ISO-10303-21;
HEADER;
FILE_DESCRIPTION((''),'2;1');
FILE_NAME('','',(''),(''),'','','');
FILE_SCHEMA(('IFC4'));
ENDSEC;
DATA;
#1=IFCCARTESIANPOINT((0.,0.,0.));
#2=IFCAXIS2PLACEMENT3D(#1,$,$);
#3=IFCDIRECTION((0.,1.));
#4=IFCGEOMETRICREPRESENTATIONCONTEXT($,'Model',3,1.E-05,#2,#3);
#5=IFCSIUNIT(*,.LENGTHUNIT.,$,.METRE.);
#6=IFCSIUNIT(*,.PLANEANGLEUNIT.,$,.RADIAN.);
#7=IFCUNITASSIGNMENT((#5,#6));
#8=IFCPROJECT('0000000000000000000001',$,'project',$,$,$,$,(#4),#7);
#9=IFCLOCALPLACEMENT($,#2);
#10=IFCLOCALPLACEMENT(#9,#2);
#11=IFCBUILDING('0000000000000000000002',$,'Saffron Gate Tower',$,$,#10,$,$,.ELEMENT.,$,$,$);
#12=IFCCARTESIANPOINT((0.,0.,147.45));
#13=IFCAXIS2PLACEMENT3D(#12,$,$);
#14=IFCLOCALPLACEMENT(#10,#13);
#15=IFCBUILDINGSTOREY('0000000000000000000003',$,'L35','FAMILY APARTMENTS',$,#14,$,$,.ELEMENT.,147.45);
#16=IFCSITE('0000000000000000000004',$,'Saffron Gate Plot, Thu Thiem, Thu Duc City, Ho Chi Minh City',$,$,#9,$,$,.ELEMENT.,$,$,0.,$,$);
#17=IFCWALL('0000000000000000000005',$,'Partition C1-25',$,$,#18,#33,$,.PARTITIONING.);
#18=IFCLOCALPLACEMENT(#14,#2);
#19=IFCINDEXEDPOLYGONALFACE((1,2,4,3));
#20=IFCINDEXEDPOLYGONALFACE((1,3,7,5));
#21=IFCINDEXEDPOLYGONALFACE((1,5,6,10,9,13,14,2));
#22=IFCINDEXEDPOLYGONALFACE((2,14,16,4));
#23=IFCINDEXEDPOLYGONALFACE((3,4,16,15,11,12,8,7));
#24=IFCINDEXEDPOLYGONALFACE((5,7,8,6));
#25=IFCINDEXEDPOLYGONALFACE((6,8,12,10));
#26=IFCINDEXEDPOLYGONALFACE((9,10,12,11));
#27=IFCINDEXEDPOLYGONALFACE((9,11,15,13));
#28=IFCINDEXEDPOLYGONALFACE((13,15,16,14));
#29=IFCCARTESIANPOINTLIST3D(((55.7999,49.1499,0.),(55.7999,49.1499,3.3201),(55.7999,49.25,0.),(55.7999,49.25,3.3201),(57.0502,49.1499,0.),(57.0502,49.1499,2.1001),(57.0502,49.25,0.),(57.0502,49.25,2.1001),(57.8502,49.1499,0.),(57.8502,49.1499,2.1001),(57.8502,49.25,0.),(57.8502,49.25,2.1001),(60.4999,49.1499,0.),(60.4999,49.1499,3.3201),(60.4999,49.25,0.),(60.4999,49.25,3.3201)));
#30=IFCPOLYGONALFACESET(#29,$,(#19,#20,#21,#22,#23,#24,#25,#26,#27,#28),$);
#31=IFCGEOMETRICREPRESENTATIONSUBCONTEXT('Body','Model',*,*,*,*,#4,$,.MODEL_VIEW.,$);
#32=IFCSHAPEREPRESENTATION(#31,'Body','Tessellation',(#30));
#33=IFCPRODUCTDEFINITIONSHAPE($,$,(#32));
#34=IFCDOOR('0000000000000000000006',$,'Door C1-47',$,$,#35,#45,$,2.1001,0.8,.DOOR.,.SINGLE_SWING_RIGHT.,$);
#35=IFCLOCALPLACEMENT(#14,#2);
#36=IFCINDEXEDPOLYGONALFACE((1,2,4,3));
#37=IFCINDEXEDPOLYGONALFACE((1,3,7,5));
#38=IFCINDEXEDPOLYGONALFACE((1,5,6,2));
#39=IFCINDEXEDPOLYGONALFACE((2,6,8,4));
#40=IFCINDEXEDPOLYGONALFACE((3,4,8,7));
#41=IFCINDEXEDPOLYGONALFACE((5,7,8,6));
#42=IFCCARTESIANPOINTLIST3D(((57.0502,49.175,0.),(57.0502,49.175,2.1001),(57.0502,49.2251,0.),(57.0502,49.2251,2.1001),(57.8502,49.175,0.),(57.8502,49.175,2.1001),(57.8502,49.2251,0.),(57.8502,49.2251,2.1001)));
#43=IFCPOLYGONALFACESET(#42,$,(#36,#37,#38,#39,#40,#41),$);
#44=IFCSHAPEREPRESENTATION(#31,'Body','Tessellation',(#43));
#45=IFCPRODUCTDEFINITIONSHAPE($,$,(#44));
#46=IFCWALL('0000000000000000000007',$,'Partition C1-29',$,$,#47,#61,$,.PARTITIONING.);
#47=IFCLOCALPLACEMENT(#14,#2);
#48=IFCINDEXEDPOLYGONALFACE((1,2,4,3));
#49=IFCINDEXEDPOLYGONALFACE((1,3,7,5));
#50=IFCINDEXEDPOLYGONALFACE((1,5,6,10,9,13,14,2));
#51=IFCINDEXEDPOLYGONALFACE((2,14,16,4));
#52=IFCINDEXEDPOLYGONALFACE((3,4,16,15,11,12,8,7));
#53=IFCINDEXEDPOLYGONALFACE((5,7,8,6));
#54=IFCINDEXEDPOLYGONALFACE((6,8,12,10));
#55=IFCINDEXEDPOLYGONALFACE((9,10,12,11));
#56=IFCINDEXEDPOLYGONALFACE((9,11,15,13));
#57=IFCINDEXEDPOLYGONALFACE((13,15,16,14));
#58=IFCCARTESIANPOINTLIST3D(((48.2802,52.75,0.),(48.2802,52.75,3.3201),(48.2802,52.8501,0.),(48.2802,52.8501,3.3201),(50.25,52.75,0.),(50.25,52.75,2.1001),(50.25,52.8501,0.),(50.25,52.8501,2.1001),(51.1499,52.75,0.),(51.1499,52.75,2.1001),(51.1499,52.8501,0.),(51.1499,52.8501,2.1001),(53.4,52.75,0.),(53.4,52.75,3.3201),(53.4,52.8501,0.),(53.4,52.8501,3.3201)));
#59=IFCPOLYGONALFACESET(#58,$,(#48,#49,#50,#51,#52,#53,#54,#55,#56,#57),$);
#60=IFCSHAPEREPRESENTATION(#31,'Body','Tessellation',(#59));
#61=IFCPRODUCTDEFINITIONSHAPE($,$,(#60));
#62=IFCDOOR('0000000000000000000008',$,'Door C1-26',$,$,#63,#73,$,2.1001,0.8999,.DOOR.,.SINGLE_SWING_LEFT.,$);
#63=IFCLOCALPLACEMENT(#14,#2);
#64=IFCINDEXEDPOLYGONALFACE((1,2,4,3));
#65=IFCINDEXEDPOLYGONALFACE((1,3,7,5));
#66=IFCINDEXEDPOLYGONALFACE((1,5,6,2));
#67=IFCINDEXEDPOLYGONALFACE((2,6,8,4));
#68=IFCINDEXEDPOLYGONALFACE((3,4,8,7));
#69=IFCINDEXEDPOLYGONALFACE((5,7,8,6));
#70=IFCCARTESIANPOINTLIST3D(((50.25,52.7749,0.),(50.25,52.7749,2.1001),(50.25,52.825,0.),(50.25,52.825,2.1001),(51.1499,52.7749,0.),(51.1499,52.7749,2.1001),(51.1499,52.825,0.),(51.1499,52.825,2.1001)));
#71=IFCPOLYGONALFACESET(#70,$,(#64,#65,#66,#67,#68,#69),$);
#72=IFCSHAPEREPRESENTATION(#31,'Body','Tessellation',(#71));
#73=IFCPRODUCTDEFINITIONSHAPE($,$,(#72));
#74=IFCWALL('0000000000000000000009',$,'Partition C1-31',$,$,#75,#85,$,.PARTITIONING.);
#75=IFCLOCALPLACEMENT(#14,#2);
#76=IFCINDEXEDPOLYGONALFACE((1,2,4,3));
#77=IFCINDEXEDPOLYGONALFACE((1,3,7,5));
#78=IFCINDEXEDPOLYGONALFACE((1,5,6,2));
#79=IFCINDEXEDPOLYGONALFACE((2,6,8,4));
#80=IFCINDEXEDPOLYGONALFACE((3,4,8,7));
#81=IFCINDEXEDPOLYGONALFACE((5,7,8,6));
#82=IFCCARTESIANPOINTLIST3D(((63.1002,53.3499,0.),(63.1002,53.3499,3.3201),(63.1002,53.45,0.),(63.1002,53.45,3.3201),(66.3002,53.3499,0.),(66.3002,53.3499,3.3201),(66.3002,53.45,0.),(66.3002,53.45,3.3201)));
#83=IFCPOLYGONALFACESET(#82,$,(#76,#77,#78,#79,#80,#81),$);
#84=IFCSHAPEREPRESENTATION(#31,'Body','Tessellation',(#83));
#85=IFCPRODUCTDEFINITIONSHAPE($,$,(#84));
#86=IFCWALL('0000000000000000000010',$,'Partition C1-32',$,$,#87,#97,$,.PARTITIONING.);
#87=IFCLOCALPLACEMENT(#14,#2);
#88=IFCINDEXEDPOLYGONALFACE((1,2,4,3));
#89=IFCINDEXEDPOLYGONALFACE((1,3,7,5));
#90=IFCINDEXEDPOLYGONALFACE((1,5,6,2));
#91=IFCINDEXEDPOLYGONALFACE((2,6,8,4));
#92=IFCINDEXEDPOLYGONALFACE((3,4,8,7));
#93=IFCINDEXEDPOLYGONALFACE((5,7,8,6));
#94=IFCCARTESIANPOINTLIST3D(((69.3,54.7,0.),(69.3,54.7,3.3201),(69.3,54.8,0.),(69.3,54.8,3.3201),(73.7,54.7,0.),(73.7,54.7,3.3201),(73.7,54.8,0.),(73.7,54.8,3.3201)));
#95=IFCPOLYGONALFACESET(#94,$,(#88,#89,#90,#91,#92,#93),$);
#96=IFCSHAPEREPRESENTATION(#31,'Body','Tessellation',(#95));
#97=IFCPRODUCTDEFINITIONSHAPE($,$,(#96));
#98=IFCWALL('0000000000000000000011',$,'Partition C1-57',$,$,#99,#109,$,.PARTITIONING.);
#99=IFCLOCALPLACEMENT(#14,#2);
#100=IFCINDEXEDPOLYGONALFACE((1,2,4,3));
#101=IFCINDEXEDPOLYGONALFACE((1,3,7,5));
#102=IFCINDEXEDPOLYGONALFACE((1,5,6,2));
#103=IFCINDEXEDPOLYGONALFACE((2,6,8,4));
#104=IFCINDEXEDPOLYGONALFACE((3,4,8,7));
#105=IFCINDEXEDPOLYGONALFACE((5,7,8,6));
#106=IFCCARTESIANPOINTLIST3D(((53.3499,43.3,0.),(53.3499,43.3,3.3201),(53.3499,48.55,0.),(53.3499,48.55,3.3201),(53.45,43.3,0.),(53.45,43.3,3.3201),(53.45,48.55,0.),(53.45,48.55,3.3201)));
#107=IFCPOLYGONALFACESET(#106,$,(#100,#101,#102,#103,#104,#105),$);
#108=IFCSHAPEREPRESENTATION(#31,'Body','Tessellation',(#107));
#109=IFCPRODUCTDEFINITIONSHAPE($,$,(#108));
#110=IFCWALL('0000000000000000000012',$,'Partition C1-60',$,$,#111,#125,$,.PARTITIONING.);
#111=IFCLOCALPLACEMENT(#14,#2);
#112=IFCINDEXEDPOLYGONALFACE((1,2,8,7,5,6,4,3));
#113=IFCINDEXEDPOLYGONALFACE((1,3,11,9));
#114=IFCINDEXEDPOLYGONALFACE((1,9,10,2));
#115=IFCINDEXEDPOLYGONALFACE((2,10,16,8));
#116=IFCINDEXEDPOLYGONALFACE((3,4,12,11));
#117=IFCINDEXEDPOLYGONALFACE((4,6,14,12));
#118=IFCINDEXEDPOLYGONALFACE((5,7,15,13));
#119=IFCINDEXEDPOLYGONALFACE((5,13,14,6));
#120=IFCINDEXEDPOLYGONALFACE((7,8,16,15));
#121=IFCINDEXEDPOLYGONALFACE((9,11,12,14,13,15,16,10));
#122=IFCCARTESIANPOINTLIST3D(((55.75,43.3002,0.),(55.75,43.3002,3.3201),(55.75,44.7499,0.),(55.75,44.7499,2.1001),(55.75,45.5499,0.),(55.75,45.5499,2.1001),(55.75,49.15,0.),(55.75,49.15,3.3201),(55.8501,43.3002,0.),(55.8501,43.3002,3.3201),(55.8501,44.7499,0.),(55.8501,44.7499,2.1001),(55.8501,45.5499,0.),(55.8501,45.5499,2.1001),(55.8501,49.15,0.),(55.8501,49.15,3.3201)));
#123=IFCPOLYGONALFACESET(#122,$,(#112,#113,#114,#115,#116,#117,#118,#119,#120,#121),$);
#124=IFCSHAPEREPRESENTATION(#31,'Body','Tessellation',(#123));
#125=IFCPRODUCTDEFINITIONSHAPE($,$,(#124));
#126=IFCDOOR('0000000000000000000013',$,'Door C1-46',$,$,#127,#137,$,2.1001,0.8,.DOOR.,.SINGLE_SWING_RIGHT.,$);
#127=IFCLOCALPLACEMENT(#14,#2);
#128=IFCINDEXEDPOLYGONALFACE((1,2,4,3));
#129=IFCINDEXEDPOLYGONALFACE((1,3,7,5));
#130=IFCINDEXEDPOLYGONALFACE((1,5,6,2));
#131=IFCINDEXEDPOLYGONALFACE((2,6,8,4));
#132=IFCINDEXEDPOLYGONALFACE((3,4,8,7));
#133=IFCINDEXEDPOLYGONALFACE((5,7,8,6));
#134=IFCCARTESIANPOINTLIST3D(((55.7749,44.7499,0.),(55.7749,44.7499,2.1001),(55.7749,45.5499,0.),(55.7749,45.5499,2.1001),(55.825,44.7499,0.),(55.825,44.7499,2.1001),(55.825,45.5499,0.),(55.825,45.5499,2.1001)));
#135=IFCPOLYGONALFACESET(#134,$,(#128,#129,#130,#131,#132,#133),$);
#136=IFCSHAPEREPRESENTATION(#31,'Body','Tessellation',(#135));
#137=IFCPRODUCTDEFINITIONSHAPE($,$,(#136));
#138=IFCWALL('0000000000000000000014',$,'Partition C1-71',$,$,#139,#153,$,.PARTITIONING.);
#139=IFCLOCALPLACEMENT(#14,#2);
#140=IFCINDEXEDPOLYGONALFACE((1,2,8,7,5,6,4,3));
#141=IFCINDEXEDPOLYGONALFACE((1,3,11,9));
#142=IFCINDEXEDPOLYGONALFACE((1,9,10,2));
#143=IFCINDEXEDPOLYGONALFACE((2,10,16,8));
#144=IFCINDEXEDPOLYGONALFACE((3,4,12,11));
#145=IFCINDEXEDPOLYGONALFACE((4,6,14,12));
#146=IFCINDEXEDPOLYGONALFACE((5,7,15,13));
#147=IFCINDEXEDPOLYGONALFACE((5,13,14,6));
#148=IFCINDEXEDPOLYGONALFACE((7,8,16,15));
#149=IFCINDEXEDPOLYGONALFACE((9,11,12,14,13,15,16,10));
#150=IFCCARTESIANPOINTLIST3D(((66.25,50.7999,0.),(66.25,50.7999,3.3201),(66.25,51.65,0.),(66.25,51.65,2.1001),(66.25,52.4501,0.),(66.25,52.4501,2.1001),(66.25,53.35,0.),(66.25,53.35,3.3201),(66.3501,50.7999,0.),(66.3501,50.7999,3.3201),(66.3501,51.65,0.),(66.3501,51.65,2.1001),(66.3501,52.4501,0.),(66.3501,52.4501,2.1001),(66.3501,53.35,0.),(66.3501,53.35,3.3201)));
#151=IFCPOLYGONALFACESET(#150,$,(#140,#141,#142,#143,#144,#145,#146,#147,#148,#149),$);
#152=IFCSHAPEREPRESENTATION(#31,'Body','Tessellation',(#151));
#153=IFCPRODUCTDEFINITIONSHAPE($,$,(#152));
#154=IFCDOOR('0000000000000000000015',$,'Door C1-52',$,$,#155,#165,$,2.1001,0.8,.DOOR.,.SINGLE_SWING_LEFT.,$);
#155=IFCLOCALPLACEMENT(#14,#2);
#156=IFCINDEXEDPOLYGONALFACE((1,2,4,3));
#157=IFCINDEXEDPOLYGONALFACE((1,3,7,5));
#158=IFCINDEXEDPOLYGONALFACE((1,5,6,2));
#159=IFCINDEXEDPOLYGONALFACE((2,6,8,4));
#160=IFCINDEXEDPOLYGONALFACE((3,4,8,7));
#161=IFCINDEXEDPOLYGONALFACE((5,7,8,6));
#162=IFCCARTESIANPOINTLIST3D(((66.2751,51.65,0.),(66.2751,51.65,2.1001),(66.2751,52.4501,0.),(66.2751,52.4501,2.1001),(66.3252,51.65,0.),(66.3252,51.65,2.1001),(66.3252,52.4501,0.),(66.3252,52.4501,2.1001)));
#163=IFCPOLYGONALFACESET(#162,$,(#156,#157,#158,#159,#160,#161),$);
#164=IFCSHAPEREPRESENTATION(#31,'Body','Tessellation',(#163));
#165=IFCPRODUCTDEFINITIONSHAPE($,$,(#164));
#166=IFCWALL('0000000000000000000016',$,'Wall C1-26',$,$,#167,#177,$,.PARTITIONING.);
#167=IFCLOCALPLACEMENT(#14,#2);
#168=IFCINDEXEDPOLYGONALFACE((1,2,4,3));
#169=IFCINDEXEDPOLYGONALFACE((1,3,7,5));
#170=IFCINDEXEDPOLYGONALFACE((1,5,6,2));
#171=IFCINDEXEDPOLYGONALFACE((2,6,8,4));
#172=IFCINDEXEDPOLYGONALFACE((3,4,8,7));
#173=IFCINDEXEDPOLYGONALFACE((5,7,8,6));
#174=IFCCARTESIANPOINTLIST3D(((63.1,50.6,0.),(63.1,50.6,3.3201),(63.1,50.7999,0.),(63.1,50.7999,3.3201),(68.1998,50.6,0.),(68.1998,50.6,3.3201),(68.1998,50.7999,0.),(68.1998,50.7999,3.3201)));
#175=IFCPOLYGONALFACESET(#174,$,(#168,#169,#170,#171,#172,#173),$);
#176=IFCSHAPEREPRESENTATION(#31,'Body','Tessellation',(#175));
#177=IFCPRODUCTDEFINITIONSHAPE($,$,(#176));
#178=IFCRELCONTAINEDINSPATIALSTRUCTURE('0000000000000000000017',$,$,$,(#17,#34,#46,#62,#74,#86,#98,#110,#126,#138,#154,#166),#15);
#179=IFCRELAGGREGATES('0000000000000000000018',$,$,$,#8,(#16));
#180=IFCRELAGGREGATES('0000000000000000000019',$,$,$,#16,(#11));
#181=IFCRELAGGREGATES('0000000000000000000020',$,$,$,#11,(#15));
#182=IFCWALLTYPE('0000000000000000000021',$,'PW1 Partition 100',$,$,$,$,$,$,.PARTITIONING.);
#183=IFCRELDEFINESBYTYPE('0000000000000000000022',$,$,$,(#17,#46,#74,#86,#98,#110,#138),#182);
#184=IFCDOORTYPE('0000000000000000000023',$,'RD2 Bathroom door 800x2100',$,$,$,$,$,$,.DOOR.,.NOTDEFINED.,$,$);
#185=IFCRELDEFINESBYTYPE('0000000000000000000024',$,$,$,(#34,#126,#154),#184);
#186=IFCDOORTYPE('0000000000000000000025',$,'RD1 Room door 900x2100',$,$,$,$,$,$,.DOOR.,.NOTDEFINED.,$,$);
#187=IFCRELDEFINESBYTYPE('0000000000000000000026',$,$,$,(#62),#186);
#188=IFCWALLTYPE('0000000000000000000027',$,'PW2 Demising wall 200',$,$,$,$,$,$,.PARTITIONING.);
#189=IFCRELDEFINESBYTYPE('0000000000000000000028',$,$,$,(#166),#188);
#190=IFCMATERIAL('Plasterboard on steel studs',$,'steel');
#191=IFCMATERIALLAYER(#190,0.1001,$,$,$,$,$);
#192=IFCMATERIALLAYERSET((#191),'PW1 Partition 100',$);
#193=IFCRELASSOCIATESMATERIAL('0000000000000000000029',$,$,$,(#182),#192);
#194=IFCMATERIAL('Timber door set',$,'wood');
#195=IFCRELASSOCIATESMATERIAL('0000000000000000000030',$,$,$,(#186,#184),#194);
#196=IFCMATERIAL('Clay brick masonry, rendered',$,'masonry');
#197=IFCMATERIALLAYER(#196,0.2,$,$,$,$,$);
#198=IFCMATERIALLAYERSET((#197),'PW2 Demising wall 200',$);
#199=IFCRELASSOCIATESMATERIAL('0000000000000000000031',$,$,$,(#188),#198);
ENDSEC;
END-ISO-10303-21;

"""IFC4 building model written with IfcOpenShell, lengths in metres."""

from ifc_helpers import new_model, si_unit, direction, frame, frame_2d, origin, place, context, subcontext, project, spatial, rectangle, extrude, material, layer, layer_set, type_object, element, fill, save


model = new_model("IFC4")

# Units and contexts
model_context = context("Model", 3, precision=1e-05, world=origin(), true_north=direction((0.0, 1.0)))
body_context = subcontext(model_context, "Body", "Model", "MODEL_VIEW")
ifc_project = project(units=[si_unit("LENGTHUNIT", "METRE"), si_unit("PLANEANGLEUNIT", "RADIAN")], contexts=[model_context])

# Site, building, storey
site_placement = place(None, origin())
site = spatial("IfcSite", under=ifc_project, at=site_placement, Name="Saffron Gate Plot, Thu Thiem, Thu Duc City, Ho Chi Minh City", CompositionType="ELEMENT", RefElevation=0.0)
building_placement = place(site_placement, origin())
building = spatial("IfcBuilding", under=site, at=building_placement, Name="Saffron Gate Tower", CompositionType="ELEMENT")
storey_placement = place(building_placement, frame((0.0, 0.0, 147.45)))
storey = spatial("IfcBuildingStorey", under=building, at=storey_placement, Name="L35", Description="FAMILY APARTMENTS", CompositionType="ELEMENT", Elevation=147.45)

# Shared definitions
ifc_material_1 = material(Name="Plasterboard on steel studs", Category="steel")
ifc_layer_1 = layer(ifc_material_1, 0.1001)
ifc_layer_set_1 = layer_set([ifc_layer_1], Name="PW1 Partition 100")
wall_type_1 = type_object("IfcWallType", Name="PW1 Partition 100", PredefinedType="PARTITIONING", material=ifc_layer_set_1)

# Walls, openings, doors
ifc_material_2 = material(Name="Timber door set", Category="wood")
door_type_1 = type_object("IfcDoorType", Name="RD1 Room door 900x2100", OperationType="NOTDEFINED", PredefinedType="DOOR", material=ifc_material_2)
wall_1_placement = place(storey_placement, frame((60.5, 49.2, 0.0), z_axis=(0.0, 0.0, 1.0), x_axis=(-1.0, 0.0, 0.0)))
wall_1 = element("IfcWall", 1, at=wall_1_placement, inside=storey, type_object=wall_type_1, Name="Partition C1-25", PredefinedType="PARTITIONING", context=body_context, shape_type="SweptSolid", body=[
    extrude(rectangle(XDim=4.7, YDim=0.1001, at=frame_2d((2.3501, 0.0))), origin(), (0.0, 0.0, 1.0), 3.3201),
])
opening_1_placement = place(wall_1_placement, frame((2.6499, 0.0, 0.0)))
opening_1 = element("IfcOpeningElement", 2, at=opening_1_placement, cuts=wall_1, PredefinedType="OPENING", context=body_context, shape_type="SweptSolid", body=[
    extrude(rectangle(XDim=0.8, YDim=2.1001, at=frame_2d((0.3999, 1.05))), frame((0.0, 0.0601, 0.0), z_axis=(0.0, -1.0, 0.0), x_axis=(1.0, 0.0, 0.0)), (0.0, 0.0, 1.0), 0.1201),
])
door_type_2 = type_object("IfcDoorType", Name="RD2 Bathroom door 800x2100", OperationType="NOTDEFINED", PredefinedType="DOOR", material=ifc_material_2)
door_1_placement = place(opening_1_placement, origin())
door_1 = element("IfcDoor", 3, at=door_1_placement, inside=storey, type_object=door_type_2, Name="Door C1-47", OperationType="SINGLE_SWING_RIGHT", OverallHeight=2.1001, OverallWidth=0.8, PredefinedType="DOOR", context=body_context, shape_type="SweptSolid", body=[
    extrude(rectangle(XDim=0.8, YDim=2.1001, at=frame_2d((0.3999, 1.05))), frame((0.0, 0.0249, 0.0), z_axis=(0.0, -1.0, 0.0), x_axis=(1.0, 0.0, 0.0)), (0.0, 0.0, 1.0), 0.05),
])
fill(opening_1, door_1)
wall_2_placement = place(storey_placement, frame((48.28, 52.8, 0.0), z_axis=(0.0, 0.0, 1.0), x_axis=(1.0, 0.0, 0.0)))
wall_2 = element("IfcWall", 4, at=wall_2_placement, inside=storey, type_object=wall_type_1, Name="Partition C1-29", PredefinedType="PARTITIONING", context=body_context, shape_type="SweptSolid", body=[
    extrude(rectangle(XDim=5.1199, YDim=0.1001, at=frame_2d((2.5601, 0.0))), origin(), (0.0, 0.0, 1.0), 3.3201),
])
opening_2_placement = place(wall_2_placement, frame((1.97, 0.0, 0.0)))
opening_2 = element("IfcOpeningElement", 5, at=opening_2_placement, cuts=wall_2, PredefinedType="OPENING", context=body_context, shape_type="SweptSolid", body=[
    extrude(rectangle(XDim=0.8999, YDim=2.1001, at=frame_2d((0.45, 1.05))), frame((0.0, 0.0601, 0.0), z_axis=(0.0, -1.0, 0.0), x_axis=(1.0, 0.0, 0.0)), (0.0, 0.0, 1.0), 0.1201),
])
door_2_placement = place(opening_2_placement, origin())
door_2 = element("IfcDoor", 6, at=door_2_placement, inside=storey, type_object=door_type_1, Name="Door C1-26", OperationType="SINGLE_SWING_LEFT", OverallHeight=2.1001, OverallWidth=0.8999, PredefinedType="DOOR", context=body_context, shape_type="SweptSolid", body=[
    extrude(rectangle(XDim=0.8999, YDim=2.1001, at=frame_2d((0.45, 1.05))), frame((0.0, 0.0249, 0.0), z_axis=(0.0, -1.0, 0.0), x_axis=(1.0, 0.0, 0.0)), (0.0, 0.0, 1.0), 0.05),
])
fill(opening_2, door_2)

# Walls
wall_3_placement = place(storey_placement, frame((63.1001, 53.3999, 0.0), z_axis=(0.0, 0.0, 1.0), x_axis=(1.0, 0.0, 0.0)))
element("IfcWall", 7, at=wall_3_placement, inside=storey, type_object=wall_type_1, Name="Partition C1-31", PredefinedType="PARTITIONING", context=body_context, shape_type="SweptSolid", body=[
    extrude(rectangle(XDim=3.2, YDim=0.1001, at=frame_2d((1.6001, 0.0))), origin(), (0.0, 0.0, 1.0), 3.3201),
])
wall_4_placement = place(storey_placement, frame((69.3, 54.75, 0.0), z_axis=(0.0, 0.0, 1.0), x_axis=(1.0, 0.0, 0.0)))
element("IfcWall", 8, at=wall_4_placement, inside=storey, type_object=wall_type_1, Name="Partition C1-32", PredefinedType="PARTITIONING", context=body_context, shape_type="SweptSolid", body=[
    extrude(rectangle(XDim=4.3999, YDim=0.1001, at=frame_2d((2.2, 0.0))), origin(), (0.0, 0.0, 1.0), 3.3201),
])
wall_5_placement = place(storey_placement, frame((53.3999, 48.55, 0.0), z_axis=(0.0, 0.0, 1.0), x_axis=(0.0, -1.0, 0.0)))
element("IfcWall", 9, at=wall_5_placement, inside=storey, type_object=wall_type_1, Name="Partition C1-57", PredefinedType="PARTITIONING", context=body_context, shape_type="SweptSolid", body=[
    extrude(rectangle(XDim=5.25, YDim=0.1001, at=frame_2d((2.625, 0.0))), origin(), (0.0, 0.0, 1.0), 3.3201),
])

# Walls, openings, doors
wall_6_placement = place(storey_placement, frame((55.8, 49.1499, 0.0), z_axis=(0.0, 0.0, 1.0), x_axis=(0.0, -1.0, 0.0)))
wall_6 = element("IfcWall", 10, at=wall_6_placement, inside=storey, type_object=wall_type_1, Name="Partition C1-60", PredefinedType="PARTITIONING", context=body_context, shape_type="SweptSolid", body=[
    extrude(rectangle(XDim=5.8499, YDim=0.1001, at=frame_2d((2.9248, 0.0))), origin(), (0.0, 0.0, 1.0), 3.3201),
])
opening_3_placement = place(wall_6_placement, frame((3.6001, 0.0, 0.0)))
opening_3 = element("IfcOpeningElement", 11, at=opening_3_placement, cuts=wall_6, PredefinedType="OPENING", context=body_context, shape_type="SweptSolid", body=[
    extrude(rectangle(XDim=0.8, YDim=2.1001, at=frame_2d((0.3999, 1.05))), frame((0.0, 0.0601, 0.0), z_axis=(0.0, -1.0, 0.0), x_axis=(1.0, 0.0, 0.0)), (0.0, 0.0, 1.0), 0.1201),
])
door_3_placement = place(opening_3_placement, origin())
door_3 = element("IfcDoor", 12, at=door_3_placement, inside=storey, type_object=door_type_2, Name="Door C1-46", OperationType="SINGLE_SWING_RIGHT", OverallHeight=2.1001, OverallWidth=0.8, PredefinedType="DOOR", context=body_context, shape_type="SweptSolid", body=[
    extrude(rectangle(XDim=0.8, YDim=2.1001, at=frame_2d((0.3999, 1.05))), frame((0.0, 0.0249, 0.0), z_axis=(0.0, -1.0, 0.0), x_axis=(1.0, 0.0, 0.0)), (0.0, 0.0, 1.0), 0.05),
])
fill(opening_3, door_3)
wall_7_placement = place(storey_placement, frame((66.3, 50.8, 0.0), z_axis=(0.0, 0.0, 1.0), x_axis=(0.0, 1.0, 0.0)))
wall_7 = element("IfcWall", 13, at=wall_7_placement, inside=storey, type_object=wall_type_1, Name="Partition C1-71", PredefinedType="PARTITIONING", context=body_context, shape_type="SweptSolid", body=[
    extrude(rectangle(XDim=2.55, YDim=0.1001, at=frame_2d((1.2749, 0.0))), origin(), (0.0, 0.0, 1.0), 3.3201),
])
opening_4_placement = place(wall_7_placement, frame((0.8501, 0.0, 0.0)))
opening_4 = element("IfcOpeningElement", 14, at=opening_4_placement, cuts=wall_7, PredefinedType="OPENING", context=body_context, shape_type="SweptSolid", body=[
    extrude(rectangle(XDim=0.8, YDim=2.1001, at=frame_2d((0.3999, 1.05))), frame((0.0, 0.0601, 0.0), z_axis=(0.0, -1.0, 0.0), x_axis=(1.0, 0.0, 0.0)), (0.0, 0.0, 1.0), 0.1201),
])
door_4_placement = place(opening_4_placement, origin())
door_4 = element("IfcDoor", 15, at=door_4_placement, inside=storey, type_object=door_type_2, Name="Door C1-52", OperationType="SINGLE_SWING_LEFT", OverallHeight=2.1001, OverallWidth=0.8, PredefinedType="DOOR", context=body_context, shape_type="SweptSolid", body=[
    extrude(rectangle(XDim=0.8, YDim=2.1001, at=frame_2d((0.3999, 1.05))), frame((0.0, 0.0249, 0.0), z_axis=(0.0, -1.0, 0.0), x_axis=(1.0, 0.0, 0.0)), (0.0, 0.0, 1.0), 0.05),
])
fill(opening_4, door_4)

# Wall
ifc_material_3 = material(Name="Clay brick masonry, rendered", Category="masonry")
ifc_layer_2 = layer(ifc_material_3, 0.2)
ifc_layer_set_2 = layer_set([ifc_layer_2], Name="PW2 Demising wall 200")
wall_type_2 = type_object("IfcWallType", Name="PW2 Demising wall 200", PredefinedType="PARTITIONING", material=ifc_layer_set_2)
wall_8_placement = place(storey_placement, frame((63.1001, 50.7, 0.0), z_axis=(0.0, 0.0, 1.0), x_axis=(1.0, 0.0, 0.0)))
element("IfcWall", 16, at=wall_8_placement, inside=storey, type_object=wall_type_2, Name="Wall C1-26", PredefinedType="PARTITIONING", context=body_context, shape_type="SweptSolid", body=[
    extrude(rectangle(XDim=5.0999, YDim=0.2, at=frame_2d((2.5498, 0.0))), origin(), (0.0, 0.0, 1.0), 3.3201),
])

save(model, "model.ifc")
